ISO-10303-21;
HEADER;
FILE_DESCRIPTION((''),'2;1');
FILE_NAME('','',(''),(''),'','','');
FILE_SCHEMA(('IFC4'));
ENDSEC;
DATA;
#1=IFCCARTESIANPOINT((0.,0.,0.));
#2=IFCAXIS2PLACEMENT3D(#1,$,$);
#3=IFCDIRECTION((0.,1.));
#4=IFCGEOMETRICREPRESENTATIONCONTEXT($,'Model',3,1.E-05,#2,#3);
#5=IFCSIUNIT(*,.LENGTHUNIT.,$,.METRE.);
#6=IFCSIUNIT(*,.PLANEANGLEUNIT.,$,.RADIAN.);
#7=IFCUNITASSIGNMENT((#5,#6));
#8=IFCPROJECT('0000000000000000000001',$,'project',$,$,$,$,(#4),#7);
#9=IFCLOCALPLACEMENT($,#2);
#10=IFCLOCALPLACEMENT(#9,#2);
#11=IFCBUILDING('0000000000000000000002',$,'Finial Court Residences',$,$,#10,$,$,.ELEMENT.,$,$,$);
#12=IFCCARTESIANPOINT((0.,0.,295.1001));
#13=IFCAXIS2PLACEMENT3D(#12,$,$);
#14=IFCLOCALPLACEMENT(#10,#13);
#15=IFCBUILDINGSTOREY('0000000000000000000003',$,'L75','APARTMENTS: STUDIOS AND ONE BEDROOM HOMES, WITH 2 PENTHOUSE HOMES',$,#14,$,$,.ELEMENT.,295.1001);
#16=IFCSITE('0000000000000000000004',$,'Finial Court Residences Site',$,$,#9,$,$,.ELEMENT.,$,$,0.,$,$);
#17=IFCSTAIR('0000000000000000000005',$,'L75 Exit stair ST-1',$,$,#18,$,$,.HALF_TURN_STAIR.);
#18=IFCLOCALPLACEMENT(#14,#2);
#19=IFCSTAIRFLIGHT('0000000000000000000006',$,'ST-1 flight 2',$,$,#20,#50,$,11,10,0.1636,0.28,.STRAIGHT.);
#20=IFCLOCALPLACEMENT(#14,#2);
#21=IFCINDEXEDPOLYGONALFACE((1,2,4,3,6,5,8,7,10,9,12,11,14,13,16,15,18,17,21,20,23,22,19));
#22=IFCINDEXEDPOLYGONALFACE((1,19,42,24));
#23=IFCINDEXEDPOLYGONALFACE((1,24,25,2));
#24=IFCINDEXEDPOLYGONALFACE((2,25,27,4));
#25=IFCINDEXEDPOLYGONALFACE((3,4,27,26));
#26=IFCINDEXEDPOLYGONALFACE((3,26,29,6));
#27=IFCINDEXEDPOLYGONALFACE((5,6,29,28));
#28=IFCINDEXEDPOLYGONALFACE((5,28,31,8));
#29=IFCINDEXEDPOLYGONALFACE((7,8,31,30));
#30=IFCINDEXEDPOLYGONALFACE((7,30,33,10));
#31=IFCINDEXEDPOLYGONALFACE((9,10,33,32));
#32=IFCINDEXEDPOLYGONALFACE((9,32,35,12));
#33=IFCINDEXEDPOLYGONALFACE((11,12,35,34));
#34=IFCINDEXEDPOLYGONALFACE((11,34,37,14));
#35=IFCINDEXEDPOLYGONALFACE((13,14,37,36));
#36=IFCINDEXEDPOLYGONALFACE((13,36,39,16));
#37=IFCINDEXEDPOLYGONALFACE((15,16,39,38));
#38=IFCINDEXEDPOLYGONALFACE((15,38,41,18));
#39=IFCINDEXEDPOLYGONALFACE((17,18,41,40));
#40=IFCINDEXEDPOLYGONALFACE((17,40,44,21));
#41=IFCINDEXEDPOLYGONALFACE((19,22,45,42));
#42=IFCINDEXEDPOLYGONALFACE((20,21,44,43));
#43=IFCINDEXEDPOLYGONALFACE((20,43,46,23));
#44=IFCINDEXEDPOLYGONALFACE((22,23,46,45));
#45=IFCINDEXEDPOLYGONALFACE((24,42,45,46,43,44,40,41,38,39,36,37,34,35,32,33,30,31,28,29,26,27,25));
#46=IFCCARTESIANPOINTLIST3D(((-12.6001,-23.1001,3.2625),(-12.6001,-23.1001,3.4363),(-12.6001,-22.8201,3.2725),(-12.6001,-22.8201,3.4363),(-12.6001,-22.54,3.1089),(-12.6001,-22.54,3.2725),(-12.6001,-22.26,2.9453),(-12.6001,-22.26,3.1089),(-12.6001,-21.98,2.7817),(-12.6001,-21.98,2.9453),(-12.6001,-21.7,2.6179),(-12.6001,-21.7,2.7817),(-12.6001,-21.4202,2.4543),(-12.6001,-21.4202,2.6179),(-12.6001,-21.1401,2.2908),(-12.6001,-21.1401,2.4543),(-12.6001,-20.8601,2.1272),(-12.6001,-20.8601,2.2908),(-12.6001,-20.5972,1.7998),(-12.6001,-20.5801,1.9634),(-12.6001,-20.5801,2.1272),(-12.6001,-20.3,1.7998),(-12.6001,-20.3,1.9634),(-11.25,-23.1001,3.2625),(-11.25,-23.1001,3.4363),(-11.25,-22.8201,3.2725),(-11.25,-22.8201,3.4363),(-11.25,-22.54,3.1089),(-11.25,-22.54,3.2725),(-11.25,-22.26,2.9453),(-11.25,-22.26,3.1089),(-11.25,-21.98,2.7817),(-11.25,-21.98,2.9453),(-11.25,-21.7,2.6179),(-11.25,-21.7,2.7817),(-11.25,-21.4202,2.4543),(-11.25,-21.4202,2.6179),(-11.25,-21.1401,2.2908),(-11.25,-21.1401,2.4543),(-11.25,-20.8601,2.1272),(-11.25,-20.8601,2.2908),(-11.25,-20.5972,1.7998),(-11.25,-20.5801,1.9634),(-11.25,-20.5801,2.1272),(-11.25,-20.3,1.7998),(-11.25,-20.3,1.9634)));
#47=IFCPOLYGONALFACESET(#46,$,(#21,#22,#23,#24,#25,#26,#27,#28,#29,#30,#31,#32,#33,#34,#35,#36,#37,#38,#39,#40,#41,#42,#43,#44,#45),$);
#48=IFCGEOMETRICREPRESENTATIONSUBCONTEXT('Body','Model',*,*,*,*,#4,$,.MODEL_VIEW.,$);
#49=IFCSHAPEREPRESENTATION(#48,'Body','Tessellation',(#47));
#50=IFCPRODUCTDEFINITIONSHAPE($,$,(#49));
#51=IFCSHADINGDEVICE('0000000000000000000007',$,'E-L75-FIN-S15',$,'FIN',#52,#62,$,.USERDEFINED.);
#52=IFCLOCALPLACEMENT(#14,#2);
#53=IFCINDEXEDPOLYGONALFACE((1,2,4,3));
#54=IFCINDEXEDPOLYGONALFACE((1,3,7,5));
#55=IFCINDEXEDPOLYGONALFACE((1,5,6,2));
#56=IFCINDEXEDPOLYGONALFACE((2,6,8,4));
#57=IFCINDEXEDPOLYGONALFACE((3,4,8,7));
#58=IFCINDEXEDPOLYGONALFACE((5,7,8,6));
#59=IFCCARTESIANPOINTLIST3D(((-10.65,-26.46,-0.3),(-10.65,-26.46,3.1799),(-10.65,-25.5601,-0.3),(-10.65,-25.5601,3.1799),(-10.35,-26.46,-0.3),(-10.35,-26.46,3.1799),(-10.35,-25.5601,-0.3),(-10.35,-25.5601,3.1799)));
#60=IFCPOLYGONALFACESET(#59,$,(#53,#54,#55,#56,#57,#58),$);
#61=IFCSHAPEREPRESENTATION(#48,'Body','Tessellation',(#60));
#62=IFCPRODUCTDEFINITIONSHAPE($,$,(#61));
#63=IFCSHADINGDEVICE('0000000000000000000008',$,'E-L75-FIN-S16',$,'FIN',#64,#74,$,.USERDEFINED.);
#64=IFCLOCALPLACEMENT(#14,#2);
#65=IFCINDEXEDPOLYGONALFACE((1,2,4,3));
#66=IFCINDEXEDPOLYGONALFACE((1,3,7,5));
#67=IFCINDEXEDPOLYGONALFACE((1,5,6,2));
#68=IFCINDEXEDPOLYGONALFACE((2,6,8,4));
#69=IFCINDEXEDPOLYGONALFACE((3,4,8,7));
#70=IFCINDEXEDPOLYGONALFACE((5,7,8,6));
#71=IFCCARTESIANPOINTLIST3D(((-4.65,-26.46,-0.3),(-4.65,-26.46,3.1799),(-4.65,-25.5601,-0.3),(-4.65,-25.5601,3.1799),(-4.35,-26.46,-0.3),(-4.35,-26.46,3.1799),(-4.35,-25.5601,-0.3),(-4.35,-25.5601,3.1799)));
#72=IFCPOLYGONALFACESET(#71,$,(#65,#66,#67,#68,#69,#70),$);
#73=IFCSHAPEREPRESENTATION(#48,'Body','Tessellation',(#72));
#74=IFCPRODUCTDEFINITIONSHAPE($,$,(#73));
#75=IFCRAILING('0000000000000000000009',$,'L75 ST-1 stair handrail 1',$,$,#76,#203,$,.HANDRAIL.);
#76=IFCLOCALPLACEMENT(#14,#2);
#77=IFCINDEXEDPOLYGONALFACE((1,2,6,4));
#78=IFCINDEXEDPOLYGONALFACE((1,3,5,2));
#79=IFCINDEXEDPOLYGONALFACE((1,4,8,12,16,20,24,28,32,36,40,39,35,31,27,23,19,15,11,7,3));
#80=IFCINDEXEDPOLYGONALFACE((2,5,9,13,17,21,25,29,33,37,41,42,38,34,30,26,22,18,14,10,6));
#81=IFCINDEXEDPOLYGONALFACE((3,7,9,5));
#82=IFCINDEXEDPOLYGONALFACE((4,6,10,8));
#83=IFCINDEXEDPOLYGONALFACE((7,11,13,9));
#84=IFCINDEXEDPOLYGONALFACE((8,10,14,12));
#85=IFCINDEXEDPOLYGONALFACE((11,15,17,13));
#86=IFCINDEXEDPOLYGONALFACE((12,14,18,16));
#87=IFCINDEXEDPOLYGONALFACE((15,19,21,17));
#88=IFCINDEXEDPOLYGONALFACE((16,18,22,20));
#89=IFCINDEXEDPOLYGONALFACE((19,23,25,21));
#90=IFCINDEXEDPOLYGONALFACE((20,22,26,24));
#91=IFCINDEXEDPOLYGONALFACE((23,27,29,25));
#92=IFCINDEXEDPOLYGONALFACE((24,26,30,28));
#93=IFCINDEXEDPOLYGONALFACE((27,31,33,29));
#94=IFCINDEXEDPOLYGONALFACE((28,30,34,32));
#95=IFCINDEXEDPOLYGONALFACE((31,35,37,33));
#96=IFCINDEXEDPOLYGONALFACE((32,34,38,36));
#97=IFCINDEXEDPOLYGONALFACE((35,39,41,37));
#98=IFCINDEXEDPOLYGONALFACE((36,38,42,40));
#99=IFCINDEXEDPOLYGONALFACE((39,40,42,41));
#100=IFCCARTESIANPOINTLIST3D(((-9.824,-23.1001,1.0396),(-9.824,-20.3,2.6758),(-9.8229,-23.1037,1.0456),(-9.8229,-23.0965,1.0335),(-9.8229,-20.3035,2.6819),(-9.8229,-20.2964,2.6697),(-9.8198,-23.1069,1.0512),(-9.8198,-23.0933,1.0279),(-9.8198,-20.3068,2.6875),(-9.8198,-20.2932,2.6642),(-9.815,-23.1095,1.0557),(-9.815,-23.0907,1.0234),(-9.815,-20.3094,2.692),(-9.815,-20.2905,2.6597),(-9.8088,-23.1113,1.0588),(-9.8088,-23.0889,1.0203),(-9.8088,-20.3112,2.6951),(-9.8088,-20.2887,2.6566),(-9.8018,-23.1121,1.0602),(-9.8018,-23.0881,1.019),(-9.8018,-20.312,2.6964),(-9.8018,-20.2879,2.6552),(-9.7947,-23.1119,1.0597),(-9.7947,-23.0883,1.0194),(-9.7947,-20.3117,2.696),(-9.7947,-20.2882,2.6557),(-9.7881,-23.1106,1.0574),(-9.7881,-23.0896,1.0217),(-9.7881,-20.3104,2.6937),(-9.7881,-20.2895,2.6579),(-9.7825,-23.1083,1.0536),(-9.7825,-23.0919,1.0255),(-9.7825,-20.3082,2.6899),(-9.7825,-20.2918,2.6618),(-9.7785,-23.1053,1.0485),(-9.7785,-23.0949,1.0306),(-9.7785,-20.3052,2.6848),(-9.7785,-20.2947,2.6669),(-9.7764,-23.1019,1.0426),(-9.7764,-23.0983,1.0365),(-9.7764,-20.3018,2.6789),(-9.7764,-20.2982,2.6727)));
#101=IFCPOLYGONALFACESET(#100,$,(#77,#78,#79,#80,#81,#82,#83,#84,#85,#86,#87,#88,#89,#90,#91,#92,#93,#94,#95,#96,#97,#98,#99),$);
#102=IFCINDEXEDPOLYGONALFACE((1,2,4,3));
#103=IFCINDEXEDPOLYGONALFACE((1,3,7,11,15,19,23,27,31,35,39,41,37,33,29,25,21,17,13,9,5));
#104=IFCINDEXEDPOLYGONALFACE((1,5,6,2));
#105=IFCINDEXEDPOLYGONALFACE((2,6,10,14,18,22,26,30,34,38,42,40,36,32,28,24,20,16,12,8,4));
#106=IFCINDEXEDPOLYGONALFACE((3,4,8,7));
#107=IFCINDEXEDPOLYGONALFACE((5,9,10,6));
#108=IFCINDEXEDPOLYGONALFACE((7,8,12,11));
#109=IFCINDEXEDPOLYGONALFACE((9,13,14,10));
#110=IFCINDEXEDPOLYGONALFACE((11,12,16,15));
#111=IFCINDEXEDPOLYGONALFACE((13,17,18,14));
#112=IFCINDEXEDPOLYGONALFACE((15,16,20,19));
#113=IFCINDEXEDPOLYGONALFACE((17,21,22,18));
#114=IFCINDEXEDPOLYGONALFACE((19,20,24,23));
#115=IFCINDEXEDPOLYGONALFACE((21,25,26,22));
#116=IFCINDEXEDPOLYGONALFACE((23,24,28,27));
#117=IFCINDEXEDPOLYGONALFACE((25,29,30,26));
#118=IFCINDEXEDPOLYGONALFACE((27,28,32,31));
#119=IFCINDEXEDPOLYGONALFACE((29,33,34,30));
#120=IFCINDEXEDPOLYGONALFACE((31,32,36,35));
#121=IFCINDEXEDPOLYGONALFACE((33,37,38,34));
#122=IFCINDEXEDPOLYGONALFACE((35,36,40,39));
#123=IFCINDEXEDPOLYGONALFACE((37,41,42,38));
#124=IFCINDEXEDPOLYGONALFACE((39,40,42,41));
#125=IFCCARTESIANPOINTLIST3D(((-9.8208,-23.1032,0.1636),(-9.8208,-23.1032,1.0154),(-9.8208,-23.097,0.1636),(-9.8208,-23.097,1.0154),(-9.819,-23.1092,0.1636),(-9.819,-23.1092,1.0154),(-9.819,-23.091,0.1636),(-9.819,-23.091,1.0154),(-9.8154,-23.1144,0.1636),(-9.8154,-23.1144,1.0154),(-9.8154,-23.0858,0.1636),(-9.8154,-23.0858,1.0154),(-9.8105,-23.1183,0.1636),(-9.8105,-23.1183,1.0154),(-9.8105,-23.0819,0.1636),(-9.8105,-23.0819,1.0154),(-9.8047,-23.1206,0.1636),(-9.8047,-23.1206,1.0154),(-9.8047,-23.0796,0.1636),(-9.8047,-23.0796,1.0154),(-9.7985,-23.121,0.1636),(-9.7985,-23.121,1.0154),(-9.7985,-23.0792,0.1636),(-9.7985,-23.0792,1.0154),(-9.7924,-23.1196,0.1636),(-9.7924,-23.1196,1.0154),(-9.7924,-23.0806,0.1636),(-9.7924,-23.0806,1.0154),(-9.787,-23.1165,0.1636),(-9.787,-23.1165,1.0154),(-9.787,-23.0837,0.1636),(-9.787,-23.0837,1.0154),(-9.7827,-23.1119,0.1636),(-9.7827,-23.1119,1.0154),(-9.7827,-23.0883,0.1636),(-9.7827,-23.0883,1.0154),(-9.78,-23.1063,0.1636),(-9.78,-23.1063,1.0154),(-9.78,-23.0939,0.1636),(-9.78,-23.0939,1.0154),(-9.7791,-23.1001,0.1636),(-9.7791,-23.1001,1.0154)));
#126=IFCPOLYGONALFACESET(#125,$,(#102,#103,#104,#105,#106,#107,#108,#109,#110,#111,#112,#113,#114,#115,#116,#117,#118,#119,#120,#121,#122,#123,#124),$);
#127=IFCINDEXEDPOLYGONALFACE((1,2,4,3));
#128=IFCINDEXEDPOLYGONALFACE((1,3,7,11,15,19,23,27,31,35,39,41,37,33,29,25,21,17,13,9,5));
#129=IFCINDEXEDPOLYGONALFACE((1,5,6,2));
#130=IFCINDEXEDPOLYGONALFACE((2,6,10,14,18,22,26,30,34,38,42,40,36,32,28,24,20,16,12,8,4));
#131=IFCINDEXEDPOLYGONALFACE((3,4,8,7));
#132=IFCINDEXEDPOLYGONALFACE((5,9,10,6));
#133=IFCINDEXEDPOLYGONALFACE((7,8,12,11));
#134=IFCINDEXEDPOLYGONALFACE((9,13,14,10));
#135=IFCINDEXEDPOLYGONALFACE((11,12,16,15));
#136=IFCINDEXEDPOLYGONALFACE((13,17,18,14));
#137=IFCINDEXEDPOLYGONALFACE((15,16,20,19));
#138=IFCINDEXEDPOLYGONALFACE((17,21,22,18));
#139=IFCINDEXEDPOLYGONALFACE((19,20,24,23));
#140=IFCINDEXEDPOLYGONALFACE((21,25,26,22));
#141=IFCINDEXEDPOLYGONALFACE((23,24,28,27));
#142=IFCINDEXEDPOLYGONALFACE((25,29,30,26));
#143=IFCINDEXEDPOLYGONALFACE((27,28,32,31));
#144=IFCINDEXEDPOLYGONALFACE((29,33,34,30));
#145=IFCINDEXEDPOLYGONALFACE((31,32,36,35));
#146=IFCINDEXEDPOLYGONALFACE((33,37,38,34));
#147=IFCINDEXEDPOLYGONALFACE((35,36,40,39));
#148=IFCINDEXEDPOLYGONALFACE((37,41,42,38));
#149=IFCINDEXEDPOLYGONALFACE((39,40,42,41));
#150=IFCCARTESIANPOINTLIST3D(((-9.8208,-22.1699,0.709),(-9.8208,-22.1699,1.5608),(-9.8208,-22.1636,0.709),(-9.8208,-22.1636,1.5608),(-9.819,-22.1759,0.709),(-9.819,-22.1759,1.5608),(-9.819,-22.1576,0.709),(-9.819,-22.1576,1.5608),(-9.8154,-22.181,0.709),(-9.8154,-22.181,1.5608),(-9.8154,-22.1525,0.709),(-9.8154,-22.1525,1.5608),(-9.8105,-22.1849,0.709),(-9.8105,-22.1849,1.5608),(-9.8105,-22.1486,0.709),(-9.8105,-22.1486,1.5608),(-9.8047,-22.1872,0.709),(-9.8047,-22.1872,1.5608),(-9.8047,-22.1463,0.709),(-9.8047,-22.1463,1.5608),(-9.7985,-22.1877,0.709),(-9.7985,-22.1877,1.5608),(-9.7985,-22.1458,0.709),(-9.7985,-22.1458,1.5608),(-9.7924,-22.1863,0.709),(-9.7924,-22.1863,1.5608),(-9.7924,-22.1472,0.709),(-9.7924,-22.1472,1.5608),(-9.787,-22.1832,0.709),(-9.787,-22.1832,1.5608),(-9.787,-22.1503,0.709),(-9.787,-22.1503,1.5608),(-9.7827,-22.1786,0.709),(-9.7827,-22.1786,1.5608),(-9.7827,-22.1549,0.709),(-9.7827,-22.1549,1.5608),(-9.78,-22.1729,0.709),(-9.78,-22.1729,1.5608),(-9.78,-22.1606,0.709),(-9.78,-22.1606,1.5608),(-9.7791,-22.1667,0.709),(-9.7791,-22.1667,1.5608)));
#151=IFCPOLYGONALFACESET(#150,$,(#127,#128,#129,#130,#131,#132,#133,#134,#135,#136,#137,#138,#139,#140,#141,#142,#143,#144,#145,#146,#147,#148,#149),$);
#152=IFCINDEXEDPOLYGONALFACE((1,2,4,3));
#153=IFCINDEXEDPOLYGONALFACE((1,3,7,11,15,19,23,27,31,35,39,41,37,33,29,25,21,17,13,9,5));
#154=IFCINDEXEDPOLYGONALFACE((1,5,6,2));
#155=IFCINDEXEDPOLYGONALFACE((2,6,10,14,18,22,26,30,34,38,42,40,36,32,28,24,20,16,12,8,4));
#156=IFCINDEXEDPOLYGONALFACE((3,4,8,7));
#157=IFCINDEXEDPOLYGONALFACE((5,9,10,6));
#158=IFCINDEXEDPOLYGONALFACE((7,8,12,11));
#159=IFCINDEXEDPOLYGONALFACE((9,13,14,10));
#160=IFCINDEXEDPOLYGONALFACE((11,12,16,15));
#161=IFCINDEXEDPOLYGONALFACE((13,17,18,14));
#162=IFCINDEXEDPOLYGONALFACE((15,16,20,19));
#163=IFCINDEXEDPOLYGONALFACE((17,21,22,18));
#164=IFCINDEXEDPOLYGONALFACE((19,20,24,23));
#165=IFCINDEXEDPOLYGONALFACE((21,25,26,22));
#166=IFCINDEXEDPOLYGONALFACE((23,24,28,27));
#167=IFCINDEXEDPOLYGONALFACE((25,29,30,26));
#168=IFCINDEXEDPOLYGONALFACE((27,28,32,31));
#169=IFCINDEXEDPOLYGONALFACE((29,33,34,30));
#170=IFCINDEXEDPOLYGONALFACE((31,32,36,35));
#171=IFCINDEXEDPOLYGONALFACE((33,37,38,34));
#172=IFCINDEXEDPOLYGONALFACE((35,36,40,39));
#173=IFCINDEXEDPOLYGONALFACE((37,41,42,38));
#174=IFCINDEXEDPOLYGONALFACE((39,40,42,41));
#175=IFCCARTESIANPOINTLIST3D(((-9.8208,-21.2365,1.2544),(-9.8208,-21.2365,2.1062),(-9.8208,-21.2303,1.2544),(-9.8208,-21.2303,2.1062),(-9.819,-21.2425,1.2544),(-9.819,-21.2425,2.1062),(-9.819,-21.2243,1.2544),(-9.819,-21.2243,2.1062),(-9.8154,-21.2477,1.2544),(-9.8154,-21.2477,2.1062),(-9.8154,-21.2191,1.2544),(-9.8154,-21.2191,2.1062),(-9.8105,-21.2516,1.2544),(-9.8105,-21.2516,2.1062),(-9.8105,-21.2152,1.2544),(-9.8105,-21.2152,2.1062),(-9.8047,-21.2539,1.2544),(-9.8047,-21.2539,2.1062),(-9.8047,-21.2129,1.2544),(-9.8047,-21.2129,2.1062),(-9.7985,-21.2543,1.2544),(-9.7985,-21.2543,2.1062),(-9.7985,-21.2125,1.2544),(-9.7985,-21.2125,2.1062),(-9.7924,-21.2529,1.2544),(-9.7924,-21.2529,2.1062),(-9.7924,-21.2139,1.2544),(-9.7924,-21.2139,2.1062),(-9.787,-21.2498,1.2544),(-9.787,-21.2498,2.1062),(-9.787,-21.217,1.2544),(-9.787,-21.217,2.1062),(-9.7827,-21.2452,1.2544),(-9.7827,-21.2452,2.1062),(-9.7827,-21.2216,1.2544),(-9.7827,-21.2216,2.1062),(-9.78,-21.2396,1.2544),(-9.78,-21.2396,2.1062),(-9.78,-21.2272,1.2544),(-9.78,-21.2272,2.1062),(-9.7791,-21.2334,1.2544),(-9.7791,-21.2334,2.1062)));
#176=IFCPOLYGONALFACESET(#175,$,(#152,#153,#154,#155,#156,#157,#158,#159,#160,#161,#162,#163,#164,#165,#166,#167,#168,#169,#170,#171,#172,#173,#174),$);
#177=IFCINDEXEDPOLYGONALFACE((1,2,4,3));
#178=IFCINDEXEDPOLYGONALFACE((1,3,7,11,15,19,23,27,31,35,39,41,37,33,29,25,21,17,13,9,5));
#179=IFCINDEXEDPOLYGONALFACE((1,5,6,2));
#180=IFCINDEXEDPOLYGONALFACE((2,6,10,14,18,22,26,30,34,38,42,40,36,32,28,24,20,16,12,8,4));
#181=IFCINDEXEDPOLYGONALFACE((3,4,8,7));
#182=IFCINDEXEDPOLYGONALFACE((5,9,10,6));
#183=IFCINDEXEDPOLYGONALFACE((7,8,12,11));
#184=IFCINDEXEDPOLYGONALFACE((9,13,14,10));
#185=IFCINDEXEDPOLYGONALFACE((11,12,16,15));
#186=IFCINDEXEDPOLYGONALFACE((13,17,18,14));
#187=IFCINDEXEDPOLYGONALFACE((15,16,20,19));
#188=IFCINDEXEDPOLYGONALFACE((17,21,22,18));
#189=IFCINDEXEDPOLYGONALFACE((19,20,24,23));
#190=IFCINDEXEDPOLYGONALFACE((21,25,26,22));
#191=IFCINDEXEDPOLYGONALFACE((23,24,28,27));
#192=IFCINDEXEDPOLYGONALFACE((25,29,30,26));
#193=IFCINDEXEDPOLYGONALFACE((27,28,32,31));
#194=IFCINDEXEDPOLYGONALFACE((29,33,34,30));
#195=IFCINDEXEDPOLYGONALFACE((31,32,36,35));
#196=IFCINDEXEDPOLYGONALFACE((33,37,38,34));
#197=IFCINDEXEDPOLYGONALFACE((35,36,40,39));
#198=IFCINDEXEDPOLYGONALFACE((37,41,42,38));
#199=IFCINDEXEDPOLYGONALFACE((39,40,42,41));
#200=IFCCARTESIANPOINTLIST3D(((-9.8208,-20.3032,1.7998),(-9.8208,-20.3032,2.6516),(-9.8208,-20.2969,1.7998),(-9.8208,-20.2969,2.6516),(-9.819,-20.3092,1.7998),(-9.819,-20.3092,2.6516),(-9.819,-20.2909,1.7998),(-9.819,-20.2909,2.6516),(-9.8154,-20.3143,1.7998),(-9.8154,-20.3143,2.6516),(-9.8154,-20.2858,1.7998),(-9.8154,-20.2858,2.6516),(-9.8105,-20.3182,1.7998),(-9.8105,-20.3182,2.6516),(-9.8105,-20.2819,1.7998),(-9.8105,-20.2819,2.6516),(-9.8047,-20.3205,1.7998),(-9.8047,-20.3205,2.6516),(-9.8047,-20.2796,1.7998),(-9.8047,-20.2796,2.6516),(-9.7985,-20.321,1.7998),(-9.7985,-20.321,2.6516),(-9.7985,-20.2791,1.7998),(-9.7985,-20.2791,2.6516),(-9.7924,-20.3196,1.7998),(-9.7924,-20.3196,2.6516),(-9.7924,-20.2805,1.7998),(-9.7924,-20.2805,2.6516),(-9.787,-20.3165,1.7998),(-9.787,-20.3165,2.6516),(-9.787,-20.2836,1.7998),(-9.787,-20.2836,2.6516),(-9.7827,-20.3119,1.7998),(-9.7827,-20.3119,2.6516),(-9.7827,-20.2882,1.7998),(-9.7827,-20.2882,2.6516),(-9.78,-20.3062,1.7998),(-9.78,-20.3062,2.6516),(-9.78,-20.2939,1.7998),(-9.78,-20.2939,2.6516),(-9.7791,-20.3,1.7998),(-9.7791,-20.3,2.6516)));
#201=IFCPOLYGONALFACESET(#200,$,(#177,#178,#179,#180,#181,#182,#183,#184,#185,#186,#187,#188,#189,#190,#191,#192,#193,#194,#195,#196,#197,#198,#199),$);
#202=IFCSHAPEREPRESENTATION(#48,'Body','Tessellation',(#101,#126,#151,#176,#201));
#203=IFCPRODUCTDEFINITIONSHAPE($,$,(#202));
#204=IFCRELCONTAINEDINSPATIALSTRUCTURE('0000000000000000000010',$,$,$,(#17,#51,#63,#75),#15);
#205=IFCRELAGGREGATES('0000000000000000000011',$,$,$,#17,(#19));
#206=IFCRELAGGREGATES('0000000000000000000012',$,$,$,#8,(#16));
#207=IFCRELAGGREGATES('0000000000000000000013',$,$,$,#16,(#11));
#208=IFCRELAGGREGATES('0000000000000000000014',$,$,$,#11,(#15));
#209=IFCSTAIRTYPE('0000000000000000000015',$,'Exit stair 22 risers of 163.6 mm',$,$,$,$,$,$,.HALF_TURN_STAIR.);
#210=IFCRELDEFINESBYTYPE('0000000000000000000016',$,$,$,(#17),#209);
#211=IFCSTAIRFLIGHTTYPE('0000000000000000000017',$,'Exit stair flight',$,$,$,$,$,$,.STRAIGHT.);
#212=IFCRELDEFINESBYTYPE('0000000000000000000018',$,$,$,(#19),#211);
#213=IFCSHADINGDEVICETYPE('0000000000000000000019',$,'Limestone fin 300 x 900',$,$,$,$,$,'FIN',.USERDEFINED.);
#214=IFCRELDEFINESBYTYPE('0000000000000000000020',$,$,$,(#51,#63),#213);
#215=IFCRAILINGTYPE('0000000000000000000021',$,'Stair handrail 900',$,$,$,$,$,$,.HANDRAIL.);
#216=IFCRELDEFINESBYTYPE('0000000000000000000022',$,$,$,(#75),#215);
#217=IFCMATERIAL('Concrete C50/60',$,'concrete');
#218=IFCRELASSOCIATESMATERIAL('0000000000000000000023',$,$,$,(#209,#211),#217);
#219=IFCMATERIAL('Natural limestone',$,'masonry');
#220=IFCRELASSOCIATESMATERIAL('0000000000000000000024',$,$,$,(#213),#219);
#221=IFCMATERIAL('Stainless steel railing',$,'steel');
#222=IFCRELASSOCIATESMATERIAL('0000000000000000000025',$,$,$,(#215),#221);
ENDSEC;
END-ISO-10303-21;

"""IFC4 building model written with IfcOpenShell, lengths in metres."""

from ifc_helpers import new_model, si_unit, direction, frame, origin, origin_2d, place, context, subcontext, project, spatial, polyline, rectangle, circle, outline, extrude, material, type_object, element, aggregate, save


model = new_model("IFC4")

# Units and contexts
model_context = context("Model", 3, precision=1e-05, world=origin(), true_north=direction((0.0, 1.0)))
body_context = subcontext(model_context, "Body", "Model", "MODEL_VIEW")
ifc_project = project(units=[si_unit("LENGTHUNIT", "METRE"), si_unit("PLANEANGLEUNIT", "RADIAN")], contexts=[model_context])

# Site, building, storey
site_placement = place(None, origin())
site = spatial("IfcSite", under=ifc_project, at=site_placement, Name="Finial Court Residences Site", CompositionType="ELEMENT", RefElevation=0.0)
building_placement = place(site_placement, origin())
building = spatial("IfcBuilding", under=site, at=building_placement, Name="Finial Court Residences", CompositionType="ELEMENT")
storey_placement = place(building_placement, frame((0.0, 0.0, 295.1001)))
storey = spatial("IfcBuildingStorey", under=building, at=storey_placement, Name="L75", Description="APARTMENTS: STUDIOS AND ONE BEDROOM HOMES, WITH 2 PENTHOUSE HOMES", CompositionType="ELEMENT", Elevation=295.1001)

# Shared definitions
ifc_material_1 = material(Name="Concrete C50/60", Category="concrete")

# Stair, stair flight
stair_type = type_object("IfcStairType", Name="Exit stair 22 risers of 163.6 mm", PredefinedType="HALF_TURN_STAIR", material=ifc_material_1)
stair_placement = place(storey_placement, origin())
stair = element("IfcStair", 1, at=stair_placement, inside=storey, type_object=stair_type, Name="L75 Exit stair ST-1", PredefinedType="HALF_TURN_STAIR")
stair_flight_type = type_object("IfcStairFlightType", Name="Exit stair flight", PredefinedType="STRAIGHT", material=ifc_material_1)
stair_flight_1_placement = place(storey_placement, frame((-11.925, -20.3, 1.7998), z_axis=(0.0, 0.0, 1.0), x_axis=(0.0, -1.0, 0.0)))
stair_flight_1 = element("IfcStairFlight", 2, at=stair_flight_1_placement, type_object=stair_flight_type, Name="ST-1 flight 2", NumberOfRisers=11, NumberOfTreads=10, PredefinedType="STRAIGHT", RiserHeight=0.1636, TreadLength=0.28, context=body_context, shape_type="SweptSolid", body=[
    extrude(outline(polyline([(0.0, 0.0), (0.0, 0.1636), (0.28, 0.1636), (0.28, 0.3274), (0.5601, 0.3274), (0.5601, 0.491), (0.8401, 0.491), (0.8401, 0.6545), (1.1201, 0.6545), (1.1201, 0.8181), (1.3999, 0.8181), (1.3999, 0.9819), (1.6799, 0.9819), (1.6799, 1.1455), (1.96, 1.1455), (1.96, 1.3091), (2.24, 1.3091), (2.24, 1.4727), (2.52, 1.4727), (2.52, 1.6365), (2.8, 1.6365), (2.8, 1.8), (2.8, 1.4626), (0.2971, 0.0), (0.0, 0.0)])), frame((0.0, 0.675, 0.0), z_axis=(0.0, -1.0, 0.0), x_axis=(1.0, 0.0, 0.0)), (0.0, 0.0, 1.0), 1.3501),
])
aggregate(stair, [stair_flight_1])

# Shading devices
ifc_material_2 = material(Name="Natural limestone", Category="masonry")
shading_device_type = type_object("IfcShadingDeviceType", Name="Limestone fin 300 x 900", ElementType="FIN", PredefinedType="USERDEFINED", material=ifc_material_2)
for number, where, z_axis, x_axis, name in (
    (3, (-10.5, -26.01, -0.3), (0.0, 0.0, 1.0), (1.0, 0.0, 0.0), "E-L75-FIN-S15"),
    (4, (-4.5, -26.01, -0.3), (0.0, 0.0, 1.0), (1.0, 0.0, 0.0), "E-L75-FIN-S16"),
):
    element("IfcShadingDevice", number, at=place(storey_placement, frame(where, z_axis=z_axis, x_axis=x_axis)), inside=storey, type_object=shading_device_type, Name=name, ObjectType="FIN", PredefinedType="USERDEFINED", context=body_context, shape_type="SweptSolid", body=[
        extrude(rectangle(XDim=0.3, YDim=0.8999, at=origin_2d()), origin(), (0.0, 0.0, 1.0), 3.48),
    ])

# Railing
ifc_material_3 = material(Name="Stainless steel railing", Category="steel")
railing_type_1 = type_object("IfcRailingType", Name="Stair handrail 900", PredefinedType="HANDRAIL", material=ifc_material_3)
railing_1_placement = place(storey_placement, frame((-9.8, -23.1001, 0.1636)))
element("IfcRailing", 5, at=railing_1_placement, inside=storey, type_object=railing_type_1, Name="L75 ST-1 stair handrail 1", PredefinedType="HANDRAIL", context=body_context, shape_type="SweptSolid", body=[
    extrude(circle(Radius=0.0239, at=origin_2d()), frame((0.0, 0.0, 0.876), z_axis=(0.0, 0.863394, 0.504531), x_axis=(-1.0, 0.0, 0.0)), (0.0, 0.0, 1.0), 3.2432),
    extrude(circle(Radius=0.021, at=origin_2d()), origin(), (0.0, 0.0, 1.0), 0.8518),
    extrude(circle(Radius=0.021, at=origin_2d()), frame((0.0, 0.9333, 0.5454)), (0.0, 0.0, 1.0), 0.8518),
    extrude(circle(Radius=0.021, at=origin_2d()), frame((0.0, 1.8667, 1.0908)), (0.0, 0.0, 1.0), 0.8518),
    extrude(circle(Radius=0.021, at=origin_2d()), frame((0.0, 2.8, 1.6362)), (0.0, 0.0, 1.0), 0.8518),
])

save(model, "model.ifc")
